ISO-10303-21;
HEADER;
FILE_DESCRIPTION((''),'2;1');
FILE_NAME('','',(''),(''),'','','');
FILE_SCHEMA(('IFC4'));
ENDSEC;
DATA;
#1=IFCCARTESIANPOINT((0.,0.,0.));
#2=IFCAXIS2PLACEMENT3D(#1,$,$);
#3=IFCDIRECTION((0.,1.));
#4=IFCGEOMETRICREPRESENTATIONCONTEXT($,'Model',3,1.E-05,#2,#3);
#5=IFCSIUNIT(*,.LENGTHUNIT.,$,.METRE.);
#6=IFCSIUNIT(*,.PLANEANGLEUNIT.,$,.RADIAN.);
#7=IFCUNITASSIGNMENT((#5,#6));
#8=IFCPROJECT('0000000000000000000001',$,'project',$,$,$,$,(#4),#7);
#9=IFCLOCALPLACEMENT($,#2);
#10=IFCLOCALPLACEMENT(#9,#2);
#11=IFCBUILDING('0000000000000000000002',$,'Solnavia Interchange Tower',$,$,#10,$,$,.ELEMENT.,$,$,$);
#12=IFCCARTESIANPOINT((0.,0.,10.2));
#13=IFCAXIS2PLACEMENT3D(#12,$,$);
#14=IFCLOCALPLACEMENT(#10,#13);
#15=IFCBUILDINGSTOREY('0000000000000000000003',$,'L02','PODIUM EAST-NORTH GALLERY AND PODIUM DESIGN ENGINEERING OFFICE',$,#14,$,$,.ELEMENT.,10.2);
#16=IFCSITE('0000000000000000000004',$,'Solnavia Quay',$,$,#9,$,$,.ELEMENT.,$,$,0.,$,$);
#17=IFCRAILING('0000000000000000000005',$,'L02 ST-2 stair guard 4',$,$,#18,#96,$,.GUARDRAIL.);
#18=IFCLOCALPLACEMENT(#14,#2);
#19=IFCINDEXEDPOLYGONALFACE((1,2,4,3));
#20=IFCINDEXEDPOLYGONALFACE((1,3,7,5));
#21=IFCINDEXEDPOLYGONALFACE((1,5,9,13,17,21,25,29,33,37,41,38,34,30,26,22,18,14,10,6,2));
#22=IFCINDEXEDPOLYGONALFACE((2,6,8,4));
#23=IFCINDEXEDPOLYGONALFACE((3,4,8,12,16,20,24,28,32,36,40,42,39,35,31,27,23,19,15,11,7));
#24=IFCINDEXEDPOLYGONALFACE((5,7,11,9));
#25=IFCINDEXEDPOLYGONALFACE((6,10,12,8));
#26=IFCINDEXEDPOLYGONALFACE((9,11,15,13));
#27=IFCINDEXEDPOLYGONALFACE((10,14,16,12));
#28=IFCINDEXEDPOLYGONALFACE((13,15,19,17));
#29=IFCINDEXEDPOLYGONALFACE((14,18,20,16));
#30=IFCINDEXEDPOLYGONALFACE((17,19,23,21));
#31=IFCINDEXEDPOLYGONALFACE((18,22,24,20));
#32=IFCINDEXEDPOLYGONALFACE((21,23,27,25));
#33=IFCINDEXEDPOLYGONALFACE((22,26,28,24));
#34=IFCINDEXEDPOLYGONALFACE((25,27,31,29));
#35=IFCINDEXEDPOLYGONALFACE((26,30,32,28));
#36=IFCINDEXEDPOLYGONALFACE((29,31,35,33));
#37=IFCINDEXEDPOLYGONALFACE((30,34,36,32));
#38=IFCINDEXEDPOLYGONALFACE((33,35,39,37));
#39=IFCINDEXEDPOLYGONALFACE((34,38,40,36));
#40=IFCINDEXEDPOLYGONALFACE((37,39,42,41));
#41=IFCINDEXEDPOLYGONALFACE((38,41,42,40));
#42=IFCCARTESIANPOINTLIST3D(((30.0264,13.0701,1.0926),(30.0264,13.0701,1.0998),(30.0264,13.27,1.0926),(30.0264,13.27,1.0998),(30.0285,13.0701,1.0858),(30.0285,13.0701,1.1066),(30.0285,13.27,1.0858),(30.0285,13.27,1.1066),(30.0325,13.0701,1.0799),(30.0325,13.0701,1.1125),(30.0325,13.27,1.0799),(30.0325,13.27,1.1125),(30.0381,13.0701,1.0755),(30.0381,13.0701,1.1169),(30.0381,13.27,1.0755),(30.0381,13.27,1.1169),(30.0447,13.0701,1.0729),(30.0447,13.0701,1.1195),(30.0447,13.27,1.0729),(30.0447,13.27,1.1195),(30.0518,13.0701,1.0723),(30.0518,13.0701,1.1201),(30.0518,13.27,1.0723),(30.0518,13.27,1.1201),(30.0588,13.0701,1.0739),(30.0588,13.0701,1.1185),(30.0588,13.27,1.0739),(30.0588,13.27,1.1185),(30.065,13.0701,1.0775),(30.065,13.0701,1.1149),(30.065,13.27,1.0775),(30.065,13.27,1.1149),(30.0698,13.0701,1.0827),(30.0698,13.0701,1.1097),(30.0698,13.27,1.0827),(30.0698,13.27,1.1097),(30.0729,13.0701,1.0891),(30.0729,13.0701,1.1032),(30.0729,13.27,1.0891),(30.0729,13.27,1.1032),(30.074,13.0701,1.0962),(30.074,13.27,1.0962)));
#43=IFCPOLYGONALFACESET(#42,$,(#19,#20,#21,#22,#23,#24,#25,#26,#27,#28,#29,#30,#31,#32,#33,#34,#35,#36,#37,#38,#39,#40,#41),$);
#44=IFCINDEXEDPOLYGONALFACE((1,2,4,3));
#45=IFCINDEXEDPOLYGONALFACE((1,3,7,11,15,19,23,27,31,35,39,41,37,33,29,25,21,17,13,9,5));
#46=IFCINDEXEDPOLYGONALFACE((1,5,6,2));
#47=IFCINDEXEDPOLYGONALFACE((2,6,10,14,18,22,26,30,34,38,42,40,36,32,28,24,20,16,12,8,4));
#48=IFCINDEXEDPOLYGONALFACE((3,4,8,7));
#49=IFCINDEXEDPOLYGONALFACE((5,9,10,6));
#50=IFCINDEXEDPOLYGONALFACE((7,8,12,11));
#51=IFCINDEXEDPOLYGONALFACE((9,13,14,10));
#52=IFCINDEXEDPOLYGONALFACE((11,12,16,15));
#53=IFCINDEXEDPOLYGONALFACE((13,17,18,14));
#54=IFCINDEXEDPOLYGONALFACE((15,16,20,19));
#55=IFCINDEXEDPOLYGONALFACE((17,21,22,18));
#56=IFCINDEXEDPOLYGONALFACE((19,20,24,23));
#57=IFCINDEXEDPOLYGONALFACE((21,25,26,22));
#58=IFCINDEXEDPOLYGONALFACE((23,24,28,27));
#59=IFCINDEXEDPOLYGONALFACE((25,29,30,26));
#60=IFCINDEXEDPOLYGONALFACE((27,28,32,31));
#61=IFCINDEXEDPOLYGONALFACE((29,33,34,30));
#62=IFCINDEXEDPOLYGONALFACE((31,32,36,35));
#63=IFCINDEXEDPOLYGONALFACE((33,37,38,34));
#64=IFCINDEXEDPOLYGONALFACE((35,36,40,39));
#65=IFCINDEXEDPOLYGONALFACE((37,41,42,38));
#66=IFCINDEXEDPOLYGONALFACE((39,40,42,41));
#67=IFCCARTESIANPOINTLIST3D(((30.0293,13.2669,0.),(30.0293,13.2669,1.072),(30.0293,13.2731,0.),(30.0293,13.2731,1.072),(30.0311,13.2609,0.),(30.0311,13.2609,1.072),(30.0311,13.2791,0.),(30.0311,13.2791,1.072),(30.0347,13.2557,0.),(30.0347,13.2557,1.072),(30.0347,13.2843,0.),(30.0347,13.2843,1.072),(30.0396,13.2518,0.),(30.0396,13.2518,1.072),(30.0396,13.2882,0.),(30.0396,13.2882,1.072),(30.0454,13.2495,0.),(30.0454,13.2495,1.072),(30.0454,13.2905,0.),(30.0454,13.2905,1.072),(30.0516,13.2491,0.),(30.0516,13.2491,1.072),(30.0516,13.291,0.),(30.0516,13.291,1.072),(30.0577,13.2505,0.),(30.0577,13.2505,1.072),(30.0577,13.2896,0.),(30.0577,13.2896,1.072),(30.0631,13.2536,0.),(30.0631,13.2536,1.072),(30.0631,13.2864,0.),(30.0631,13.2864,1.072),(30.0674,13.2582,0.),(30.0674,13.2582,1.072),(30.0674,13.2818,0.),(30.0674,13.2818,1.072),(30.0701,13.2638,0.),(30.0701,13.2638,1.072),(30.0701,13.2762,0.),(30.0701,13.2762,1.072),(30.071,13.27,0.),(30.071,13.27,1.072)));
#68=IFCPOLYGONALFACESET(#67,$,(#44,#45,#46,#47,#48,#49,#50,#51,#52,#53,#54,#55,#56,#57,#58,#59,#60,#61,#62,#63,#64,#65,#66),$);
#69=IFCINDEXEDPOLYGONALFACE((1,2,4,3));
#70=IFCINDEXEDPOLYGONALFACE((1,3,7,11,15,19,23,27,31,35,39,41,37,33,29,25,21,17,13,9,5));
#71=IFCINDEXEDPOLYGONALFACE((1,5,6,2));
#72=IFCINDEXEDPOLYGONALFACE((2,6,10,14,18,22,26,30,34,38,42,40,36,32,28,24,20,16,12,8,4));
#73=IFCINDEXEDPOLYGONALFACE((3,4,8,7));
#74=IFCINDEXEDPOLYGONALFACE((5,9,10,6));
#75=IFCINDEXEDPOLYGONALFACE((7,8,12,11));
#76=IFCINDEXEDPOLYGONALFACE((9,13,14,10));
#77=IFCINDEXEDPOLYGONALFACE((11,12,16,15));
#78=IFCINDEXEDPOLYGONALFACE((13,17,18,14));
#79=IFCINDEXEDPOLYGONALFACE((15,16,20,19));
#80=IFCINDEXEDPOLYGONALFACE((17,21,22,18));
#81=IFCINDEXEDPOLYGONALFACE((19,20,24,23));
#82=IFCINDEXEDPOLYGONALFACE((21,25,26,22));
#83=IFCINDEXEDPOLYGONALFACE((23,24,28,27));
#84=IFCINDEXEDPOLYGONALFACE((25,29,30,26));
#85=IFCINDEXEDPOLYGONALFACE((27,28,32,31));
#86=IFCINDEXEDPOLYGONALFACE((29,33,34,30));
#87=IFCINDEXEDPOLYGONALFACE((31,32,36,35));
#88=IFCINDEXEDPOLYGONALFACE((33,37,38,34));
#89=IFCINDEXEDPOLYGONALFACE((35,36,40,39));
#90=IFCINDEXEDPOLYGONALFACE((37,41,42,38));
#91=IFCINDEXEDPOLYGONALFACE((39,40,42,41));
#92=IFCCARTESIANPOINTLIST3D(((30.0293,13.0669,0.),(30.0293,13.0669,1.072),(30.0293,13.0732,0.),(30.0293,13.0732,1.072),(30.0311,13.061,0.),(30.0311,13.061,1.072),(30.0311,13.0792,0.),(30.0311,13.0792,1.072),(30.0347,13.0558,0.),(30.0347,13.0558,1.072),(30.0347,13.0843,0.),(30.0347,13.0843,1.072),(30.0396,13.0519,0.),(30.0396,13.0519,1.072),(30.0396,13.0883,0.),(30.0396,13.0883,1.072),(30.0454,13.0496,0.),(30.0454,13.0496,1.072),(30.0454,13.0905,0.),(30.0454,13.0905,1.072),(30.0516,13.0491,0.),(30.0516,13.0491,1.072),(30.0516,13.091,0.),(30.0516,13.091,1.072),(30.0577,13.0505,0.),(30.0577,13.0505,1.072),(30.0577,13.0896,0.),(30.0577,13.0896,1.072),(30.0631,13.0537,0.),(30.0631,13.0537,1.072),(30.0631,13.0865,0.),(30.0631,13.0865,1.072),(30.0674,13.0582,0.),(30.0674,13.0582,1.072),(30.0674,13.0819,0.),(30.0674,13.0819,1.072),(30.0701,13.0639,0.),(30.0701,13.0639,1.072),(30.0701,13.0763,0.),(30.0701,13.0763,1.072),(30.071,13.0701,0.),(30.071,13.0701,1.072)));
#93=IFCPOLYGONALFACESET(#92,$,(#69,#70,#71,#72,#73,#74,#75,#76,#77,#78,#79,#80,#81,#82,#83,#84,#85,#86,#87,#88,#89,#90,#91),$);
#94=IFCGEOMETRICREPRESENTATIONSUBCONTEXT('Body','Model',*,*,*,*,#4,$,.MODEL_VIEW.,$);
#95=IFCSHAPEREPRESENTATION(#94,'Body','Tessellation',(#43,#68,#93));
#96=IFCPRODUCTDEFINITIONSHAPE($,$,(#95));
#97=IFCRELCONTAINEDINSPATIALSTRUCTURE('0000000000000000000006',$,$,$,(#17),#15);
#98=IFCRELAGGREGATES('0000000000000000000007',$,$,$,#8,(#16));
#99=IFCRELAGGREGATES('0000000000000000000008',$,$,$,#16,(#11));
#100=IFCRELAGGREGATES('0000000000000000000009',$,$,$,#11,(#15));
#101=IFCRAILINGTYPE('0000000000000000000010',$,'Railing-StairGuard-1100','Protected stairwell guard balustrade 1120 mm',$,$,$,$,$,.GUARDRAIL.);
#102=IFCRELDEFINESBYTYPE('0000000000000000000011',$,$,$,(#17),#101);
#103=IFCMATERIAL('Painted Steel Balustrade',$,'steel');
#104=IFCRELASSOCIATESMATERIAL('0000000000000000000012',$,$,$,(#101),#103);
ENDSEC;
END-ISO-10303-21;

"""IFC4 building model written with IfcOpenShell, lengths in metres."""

from ifc_helpers import new_model, si_unit, direction, frame, origin, origin_2d, place, context, subcontext, project, spatial, circle, extrude, material, type_object, element, save


model = new_model("IFC4")

# Units and contexts
model_context = context("Model", 3, precision=1e-05, world=origin(), true_north=direction((0.0, 1.0)))
body_context = subcontext(model_context, "Body", "Model", "MODEL_VIEW")
ifc_project = project(units=[si_unit("LENGTHUNIT", "METRE"), si_unit("PLANEANGLEUNIT", "RADIAN")], contexts=[model_context])

# Site, building, storey
site_placement = place(None, origin())
site = spatial("IfcSite", under=ifc_project, at=site_placement, Name="Solnavia Quay", CompositionType="ELEMENT", RefElevation=0.0)
building_placement = place(site_placement, origin())
building = spatial("IfcBuilding", under=site, at=building_placement, Name="Solnavia Interchange Tower", CompositionType="ELEMENT")
storey_placement = place(building_placement, frame((0.0, 0.0, 10.2)))
storey = spatial("IfcBuildingStorey", under=building, at=storey_placement, Name="L02", Description="PODIUM EAST-NORTH GALLERY AND PODIUM DESIGN ENGINEERING OFFICE", CompositionType="ELEMENT", Elevation=10.2)

# Railing
ifc_material_1 = material(Name="Painted Steel Balustrade", Category="steel")
railing_type_1 = type_object("IfcRailingType", Name="Railing-StairGuard-1100", Description="Protected stairwell guard balustrade 1120 mm", PredefinedType="GUARDRAIL", material=ifc_material_1)
railing_1_placement = place(storey_placement, frame((30.05, 13.27, 0.0)))
element("IfcRailing", 1, at=railing_1_placement, inside=storey, type_object=railing_type_1, Name="L02 ST-2 stair guard 4", PredefinedType="GUARDRAIL", context=body_context, shape_type="SweptSolid", body=[
    extrude(circle(Radius=0.0239, at=origin_2d()), frame((0.0, 0.0, 1.0962), z_axis=(0.0, -1.0, 0.0), x_axis=(1.0, 0.0, 0.0)), (0.0, 0.0, 1.0), 0.2),
    extrude(circle(Radius=0.021, at=origin_2d()), origin(), (0.0, 0.0, 1.0), 1.072),
    extrude(circle(Radius=0.021, at=origin_2d()), frame((0.0, -0.2, 0.0)), (0.0, 0.0, 1.0), 1.072),
])

save(model, "model.ifc")
